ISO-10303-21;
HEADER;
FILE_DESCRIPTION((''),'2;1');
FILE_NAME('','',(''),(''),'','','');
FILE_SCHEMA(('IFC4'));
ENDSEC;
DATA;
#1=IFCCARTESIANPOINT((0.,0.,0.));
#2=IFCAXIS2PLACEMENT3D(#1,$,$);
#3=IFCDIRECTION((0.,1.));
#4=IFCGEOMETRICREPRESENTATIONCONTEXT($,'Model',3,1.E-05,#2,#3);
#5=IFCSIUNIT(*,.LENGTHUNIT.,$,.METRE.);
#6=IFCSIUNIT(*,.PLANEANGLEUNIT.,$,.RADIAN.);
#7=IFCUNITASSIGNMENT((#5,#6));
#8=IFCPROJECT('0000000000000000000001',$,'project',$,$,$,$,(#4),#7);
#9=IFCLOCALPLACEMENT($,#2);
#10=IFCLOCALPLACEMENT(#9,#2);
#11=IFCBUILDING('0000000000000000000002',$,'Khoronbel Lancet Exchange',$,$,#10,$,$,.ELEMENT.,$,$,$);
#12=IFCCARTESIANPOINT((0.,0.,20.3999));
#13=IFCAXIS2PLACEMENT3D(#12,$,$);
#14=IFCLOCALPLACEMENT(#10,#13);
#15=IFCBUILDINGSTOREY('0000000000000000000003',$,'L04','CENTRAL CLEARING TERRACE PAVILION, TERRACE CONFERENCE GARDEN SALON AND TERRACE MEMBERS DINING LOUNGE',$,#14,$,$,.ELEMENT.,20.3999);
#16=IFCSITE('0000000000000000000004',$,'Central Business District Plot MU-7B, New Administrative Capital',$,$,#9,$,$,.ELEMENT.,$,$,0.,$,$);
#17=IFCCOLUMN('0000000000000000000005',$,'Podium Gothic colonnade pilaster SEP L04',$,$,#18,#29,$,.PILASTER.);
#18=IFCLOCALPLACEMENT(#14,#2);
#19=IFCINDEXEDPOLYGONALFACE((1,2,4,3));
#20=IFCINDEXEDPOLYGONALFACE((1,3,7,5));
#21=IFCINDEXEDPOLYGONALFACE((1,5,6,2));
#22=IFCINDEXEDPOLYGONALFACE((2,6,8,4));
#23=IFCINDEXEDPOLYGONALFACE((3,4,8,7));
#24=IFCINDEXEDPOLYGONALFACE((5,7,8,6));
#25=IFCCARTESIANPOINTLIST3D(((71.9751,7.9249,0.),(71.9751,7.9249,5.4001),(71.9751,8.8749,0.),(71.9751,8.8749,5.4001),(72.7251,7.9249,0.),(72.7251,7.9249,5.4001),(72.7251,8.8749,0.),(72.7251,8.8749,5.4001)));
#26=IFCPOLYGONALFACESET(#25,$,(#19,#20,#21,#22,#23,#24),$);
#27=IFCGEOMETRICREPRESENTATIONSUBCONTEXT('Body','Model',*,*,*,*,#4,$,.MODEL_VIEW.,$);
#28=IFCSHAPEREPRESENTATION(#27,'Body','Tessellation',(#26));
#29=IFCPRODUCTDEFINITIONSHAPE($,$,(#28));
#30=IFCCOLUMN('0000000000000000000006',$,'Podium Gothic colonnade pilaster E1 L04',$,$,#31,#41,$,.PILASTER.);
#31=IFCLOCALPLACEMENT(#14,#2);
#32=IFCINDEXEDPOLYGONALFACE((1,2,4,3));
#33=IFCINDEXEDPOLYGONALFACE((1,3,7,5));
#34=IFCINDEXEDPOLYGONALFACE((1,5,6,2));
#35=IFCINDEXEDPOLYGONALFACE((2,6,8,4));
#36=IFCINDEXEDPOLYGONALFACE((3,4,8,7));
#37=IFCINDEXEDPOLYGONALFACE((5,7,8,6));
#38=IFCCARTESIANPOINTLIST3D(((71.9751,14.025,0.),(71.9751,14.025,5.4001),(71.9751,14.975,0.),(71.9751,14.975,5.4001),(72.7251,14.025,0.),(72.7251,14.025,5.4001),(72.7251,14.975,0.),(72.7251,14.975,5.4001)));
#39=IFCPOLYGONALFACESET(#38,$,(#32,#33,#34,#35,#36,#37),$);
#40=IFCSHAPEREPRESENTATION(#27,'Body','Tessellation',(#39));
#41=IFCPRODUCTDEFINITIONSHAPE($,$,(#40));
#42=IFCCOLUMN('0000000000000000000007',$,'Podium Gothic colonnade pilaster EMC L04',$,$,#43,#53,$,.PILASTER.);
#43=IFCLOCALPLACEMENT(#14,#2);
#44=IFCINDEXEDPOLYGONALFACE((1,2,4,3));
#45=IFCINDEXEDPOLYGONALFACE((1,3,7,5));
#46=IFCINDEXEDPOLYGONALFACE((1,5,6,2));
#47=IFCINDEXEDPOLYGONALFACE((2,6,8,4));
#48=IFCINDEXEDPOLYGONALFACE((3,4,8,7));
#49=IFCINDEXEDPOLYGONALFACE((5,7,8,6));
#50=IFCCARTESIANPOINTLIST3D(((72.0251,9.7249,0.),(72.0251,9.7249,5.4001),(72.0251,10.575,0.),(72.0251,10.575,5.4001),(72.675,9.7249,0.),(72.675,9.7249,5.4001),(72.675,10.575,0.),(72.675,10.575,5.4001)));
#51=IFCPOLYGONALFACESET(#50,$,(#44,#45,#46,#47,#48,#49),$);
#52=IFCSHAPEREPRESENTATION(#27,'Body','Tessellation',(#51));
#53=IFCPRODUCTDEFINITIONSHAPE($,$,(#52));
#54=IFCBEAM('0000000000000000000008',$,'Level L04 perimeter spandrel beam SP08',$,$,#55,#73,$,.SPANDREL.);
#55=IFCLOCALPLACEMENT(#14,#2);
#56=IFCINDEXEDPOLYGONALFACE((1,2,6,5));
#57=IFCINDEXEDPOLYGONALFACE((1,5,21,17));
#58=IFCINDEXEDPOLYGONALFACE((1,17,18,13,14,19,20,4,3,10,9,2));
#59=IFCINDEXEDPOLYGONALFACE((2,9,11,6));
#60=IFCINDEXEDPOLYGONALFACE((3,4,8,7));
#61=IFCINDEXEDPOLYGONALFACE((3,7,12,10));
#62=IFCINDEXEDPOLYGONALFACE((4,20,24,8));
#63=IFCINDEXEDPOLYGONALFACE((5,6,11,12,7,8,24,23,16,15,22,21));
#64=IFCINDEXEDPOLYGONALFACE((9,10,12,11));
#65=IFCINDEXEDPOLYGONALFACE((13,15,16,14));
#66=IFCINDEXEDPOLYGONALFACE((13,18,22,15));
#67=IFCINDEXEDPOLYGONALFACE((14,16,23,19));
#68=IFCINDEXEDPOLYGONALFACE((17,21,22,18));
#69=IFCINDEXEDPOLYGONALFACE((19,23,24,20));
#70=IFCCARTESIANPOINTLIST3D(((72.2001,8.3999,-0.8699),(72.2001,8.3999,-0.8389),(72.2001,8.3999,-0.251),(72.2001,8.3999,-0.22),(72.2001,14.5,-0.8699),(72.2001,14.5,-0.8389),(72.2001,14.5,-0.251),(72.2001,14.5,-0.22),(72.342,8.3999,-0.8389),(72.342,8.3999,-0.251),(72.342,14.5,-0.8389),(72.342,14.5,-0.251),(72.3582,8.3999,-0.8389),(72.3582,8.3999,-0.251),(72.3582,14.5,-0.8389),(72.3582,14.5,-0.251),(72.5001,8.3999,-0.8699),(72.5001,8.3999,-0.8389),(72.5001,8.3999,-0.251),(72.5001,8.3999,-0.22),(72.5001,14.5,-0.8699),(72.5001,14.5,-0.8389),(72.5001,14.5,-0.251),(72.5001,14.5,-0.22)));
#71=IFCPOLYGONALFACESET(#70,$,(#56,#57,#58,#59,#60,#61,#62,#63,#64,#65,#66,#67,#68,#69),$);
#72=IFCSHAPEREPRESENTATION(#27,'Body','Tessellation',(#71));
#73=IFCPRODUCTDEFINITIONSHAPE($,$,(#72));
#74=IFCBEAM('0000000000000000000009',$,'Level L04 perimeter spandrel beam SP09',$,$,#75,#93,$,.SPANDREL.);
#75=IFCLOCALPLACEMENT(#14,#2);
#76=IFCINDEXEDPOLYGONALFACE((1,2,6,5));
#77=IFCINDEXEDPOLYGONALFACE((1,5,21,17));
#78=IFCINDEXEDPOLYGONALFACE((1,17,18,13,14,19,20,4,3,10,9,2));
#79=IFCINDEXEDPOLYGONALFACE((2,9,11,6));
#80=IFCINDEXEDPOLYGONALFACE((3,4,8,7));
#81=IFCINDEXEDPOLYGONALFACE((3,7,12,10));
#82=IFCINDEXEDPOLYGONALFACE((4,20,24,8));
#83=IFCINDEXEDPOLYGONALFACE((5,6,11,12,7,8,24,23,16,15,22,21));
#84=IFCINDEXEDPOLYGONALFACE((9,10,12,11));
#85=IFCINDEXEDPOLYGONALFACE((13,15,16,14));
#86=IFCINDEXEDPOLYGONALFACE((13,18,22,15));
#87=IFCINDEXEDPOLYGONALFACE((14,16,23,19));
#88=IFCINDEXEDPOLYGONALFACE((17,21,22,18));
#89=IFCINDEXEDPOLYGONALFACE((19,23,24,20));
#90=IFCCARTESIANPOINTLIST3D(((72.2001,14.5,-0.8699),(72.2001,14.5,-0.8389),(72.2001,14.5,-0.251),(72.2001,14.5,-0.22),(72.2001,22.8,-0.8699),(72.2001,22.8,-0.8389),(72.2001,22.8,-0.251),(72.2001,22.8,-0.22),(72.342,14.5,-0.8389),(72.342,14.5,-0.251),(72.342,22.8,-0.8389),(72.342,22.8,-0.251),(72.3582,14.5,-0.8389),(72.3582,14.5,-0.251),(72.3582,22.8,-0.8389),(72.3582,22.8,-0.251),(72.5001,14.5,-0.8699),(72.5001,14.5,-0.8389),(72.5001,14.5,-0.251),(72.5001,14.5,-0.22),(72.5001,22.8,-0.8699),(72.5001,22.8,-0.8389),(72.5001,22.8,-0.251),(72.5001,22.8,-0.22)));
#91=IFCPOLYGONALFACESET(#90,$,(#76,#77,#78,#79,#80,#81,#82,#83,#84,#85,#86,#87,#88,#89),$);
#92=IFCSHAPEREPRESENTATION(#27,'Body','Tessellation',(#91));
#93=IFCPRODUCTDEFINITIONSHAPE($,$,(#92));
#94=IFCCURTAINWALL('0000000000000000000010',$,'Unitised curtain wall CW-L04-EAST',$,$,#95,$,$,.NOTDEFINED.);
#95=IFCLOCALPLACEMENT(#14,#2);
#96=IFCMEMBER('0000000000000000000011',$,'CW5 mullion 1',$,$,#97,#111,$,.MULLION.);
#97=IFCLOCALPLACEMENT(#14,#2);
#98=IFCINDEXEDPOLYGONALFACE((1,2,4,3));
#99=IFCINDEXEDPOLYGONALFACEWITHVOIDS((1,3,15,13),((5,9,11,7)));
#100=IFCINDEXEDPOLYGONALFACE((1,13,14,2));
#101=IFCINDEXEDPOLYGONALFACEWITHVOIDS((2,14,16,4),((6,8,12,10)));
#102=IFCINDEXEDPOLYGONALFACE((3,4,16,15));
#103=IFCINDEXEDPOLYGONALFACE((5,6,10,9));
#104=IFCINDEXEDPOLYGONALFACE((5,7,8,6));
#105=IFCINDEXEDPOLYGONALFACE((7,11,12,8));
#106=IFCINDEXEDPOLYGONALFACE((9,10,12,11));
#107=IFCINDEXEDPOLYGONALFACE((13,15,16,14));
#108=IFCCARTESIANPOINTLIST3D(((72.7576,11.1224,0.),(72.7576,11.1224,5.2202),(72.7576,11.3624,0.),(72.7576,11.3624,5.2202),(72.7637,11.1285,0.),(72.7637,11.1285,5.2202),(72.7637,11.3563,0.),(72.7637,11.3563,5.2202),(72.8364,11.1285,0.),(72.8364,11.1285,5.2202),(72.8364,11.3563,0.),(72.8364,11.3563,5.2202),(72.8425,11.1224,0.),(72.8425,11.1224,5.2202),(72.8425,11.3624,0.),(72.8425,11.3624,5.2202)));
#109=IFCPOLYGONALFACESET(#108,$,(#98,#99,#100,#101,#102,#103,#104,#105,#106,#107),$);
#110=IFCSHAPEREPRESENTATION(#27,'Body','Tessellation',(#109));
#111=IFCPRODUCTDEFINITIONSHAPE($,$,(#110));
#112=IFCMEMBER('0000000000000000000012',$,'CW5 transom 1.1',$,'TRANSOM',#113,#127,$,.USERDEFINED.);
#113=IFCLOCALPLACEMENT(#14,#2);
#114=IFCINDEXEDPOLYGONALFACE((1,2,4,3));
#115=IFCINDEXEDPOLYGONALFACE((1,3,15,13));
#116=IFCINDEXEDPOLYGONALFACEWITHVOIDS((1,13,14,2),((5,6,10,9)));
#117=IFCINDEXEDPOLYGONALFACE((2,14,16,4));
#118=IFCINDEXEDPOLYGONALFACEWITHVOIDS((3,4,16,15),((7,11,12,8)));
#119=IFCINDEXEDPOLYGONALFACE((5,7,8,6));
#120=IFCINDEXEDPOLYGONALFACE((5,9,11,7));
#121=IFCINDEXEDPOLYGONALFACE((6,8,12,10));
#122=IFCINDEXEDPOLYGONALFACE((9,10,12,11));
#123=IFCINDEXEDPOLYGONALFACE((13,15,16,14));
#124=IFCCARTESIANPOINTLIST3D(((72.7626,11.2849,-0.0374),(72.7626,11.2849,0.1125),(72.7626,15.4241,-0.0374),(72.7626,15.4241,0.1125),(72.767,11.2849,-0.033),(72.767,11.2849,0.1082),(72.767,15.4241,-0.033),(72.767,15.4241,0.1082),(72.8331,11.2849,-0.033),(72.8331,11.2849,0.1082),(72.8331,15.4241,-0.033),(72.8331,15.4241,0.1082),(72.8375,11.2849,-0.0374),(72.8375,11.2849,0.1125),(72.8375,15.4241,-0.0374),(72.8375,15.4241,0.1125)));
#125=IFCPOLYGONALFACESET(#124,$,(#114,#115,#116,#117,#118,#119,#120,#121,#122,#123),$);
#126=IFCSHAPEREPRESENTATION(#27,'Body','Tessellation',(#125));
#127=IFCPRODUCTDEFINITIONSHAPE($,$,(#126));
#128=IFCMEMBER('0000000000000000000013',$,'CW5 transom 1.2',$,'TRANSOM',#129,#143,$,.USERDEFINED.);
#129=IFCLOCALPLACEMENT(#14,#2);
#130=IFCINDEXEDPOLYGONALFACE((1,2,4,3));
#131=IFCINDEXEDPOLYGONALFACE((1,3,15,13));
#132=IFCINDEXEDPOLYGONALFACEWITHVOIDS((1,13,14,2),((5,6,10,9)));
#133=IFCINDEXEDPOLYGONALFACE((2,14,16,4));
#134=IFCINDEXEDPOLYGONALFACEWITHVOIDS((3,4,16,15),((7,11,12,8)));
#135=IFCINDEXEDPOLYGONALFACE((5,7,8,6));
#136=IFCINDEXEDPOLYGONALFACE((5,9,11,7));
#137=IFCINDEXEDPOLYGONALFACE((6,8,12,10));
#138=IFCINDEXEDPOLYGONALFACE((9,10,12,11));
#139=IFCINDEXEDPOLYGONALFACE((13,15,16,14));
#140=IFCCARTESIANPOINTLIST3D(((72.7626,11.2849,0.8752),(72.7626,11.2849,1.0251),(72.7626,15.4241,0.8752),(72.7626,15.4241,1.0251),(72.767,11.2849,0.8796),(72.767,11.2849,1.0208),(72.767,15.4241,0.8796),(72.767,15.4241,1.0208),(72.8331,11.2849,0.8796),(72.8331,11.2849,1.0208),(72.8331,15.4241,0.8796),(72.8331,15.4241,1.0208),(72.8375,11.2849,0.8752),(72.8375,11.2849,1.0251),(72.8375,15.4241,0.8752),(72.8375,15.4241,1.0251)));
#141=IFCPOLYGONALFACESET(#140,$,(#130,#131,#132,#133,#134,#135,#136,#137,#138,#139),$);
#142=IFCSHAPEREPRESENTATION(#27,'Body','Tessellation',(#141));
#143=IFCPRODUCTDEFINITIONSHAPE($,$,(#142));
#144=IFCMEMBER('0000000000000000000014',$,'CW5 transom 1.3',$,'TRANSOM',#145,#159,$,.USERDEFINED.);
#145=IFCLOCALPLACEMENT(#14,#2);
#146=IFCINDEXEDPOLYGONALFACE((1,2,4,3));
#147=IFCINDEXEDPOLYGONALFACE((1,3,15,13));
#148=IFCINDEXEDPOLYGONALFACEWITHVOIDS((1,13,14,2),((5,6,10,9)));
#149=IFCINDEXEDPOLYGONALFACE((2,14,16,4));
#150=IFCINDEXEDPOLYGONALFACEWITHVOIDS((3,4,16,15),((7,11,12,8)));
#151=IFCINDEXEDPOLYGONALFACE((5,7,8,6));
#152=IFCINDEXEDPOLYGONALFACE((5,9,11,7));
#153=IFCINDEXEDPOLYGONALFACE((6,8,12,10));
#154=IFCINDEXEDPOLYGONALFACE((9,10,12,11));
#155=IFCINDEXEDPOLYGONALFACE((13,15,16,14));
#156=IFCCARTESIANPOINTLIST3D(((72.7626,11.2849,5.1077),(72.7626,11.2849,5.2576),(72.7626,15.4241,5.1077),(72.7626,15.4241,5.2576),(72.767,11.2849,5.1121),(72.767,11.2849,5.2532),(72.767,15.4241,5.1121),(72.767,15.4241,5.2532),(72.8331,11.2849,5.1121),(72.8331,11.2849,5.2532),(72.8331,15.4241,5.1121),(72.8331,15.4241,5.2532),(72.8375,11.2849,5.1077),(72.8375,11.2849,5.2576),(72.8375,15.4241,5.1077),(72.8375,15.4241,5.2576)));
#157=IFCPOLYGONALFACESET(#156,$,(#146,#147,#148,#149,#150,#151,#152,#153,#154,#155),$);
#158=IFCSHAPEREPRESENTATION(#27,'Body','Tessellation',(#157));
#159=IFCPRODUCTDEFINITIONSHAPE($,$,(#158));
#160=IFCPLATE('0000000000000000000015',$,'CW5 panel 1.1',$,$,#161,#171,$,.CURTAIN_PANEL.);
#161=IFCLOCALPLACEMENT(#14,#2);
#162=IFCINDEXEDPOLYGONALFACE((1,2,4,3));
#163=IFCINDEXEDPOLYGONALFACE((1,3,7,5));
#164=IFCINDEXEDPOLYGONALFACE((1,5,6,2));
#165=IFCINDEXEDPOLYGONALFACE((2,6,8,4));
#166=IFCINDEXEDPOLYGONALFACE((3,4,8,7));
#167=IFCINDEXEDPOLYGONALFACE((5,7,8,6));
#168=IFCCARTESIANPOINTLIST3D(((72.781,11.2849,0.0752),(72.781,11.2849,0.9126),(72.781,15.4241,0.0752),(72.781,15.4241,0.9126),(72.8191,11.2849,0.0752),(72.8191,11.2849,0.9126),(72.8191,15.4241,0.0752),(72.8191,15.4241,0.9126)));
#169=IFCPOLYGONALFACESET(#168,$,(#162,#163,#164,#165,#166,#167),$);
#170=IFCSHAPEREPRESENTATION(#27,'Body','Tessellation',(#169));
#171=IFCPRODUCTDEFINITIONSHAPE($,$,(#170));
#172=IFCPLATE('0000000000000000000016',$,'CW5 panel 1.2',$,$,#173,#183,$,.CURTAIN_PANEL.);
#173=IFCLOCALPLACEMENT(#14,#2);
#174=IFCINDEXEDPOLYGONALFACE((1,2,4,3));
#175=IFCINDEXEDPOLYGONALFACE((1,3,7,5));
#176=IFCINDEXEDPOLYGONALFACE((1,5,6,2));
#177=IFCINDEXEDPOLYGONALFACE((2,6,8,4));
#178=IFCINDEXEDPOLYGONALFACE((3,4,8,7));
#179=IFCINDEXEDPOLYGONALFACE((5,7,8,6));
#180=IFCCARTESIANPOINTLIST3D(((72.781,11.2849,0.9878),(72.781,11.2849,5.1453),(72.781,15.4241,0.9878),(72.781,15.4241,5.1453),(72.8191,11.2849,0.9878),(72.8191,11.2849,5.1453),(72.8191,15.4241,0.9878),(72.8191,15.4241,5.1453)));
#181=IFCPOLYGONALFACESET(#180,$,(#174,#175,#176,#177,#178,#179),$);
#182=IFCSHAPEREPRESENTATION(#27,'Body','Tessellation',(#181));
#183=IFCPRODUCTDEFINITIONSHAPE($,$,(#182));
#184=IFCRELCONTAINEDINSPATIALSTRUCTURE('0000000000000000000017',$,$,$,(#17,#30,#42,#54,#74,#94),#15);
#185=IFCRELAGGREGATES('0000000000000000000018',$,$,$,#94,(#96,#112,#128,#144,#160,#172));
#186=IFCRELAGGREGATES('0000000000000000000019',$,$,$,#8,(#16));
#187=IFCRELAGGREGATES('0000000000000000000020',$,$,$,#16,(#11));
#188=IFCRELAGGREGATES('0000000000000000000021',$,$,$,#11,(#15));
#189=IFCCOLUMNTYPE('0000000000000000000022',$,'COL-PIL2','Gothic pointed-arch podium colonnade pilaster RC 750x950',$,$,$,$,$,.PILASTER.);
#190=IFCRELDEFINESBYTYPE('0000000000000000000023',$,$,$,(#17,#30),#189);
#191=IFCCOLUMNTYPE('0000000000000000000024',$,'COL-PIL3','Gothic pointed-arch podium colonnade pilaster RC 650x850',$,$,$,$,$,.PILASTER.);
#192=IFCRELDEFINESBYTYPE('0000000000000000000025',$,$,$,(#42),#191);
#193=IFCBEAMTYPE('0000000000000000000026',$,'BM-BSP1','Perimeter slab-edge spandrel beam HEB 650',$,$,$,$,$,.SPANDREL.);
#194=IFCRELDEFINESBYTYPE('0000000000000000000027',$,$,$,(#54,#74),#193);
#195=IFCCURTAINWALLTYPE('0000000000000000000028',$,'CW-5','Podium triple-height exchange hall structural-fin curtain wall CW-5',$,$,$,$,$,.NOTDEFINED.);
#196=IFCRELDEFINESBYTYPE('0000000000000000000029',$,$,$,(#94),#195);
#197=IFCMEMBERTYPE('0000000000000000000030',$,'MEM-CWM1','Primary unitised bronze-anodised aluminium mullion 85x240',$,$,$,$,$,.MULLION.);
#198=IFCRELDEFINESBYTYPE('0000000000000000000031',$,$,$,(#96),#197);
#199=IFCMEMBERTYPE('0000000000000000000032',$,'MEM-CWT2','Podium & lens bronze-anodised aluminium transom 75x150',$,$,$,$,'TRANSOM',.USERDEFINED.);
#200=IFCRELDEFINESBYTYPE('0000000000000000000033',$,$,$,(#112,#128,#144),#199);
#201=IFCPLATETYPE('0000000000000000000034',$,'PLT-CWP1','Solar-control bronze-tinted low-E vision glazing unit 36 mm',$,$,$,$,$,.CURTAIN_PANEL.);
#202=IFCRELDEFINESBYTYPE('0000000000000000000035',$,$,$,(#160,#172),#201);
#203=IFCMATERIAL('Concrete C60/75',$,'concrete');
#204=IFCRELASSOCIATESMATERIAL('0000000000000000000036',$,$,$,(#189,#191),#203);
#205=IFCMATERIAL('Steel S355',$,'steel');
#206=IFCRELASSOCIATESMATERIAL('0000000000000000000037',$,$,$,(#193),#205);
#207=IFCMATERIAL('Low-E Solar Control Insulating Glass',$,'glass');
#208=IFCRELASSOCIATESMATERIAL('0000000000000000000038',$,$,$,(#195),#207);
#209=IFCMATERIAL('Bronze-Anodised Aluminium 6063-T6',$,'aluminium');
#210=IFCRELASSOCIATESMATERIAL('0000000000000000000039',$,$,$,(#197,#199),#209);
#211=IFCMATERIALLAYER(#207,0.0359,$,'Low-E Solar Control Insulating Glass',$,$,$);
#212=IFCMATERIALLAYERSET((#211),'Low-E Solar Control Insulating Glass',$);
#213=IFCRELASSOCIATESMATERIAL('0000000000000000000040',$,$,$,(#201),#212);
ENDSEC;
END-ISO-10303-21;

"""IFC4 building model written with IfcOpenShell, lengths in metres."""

from ifc_helpers import new_model, si_unit, direction, frame, origin, origin_2d, place, context, subcontext, project, spatial, rectangle, hollow_rectangle, i_section, extrude, material, layer, layer_set, material_profile, profile_set, type_object, element, aggregate, save


model = new_model("IFC4")

# Units and contexts
model_context = context("Model", 3, precision=1e-05, world=origin(), true_north=direction((0.0, 1.0)))
body_context = subcontext(model_context, "Body", "Model", "MODEL_VIEW")
ifc_project = project(units=[si_unit("LENGTHUNIT", "METRE"), si_unit("PLANEANGLEUNIT", "RADIAN")], contexts=[model_context])

# Site, building, storey
site_placement = place(None, origin())
site = spatial("IfcSite", under=ifc_project, at=site_placement, Name="Central Business District Plot MU-7B, New Administrative Capital", CompositionType="ELEMENT", RefElevation=0.0)
building_placement = place(site_placement, origin())
building = spatial("IfcBuilding", under=site, at=building_placement, Name="Khoronbel Lancet Exchange", CompositionType="ELEMENT")
storey_placement = place(building_placement, frame((0.0, 0.0, 20.3999)))
storey = spatial("IfcBuildingStorey", under=building, at=storey_placement, Name="L04", Description="CENTRAL CLEARING TERRACE PAVILION, TERRACE CONFERENCE GARDEN SALON AND TERRACE MEMBERS DINING LOUNGE", CompositionType="ELEMENT", Elevation=20.3999)

# Columns
ifc_material_1 = material(Name="Concrete C60/75", Category="concrete")
ifc_material_profile_1 = material_profile(ifc_material_1, rectangle(XDim=0.75, YDim=0.95, at=origin_2d()), Name="RC 750x950")
ifc_profile_set_1 = profile_set([ifc_material_profile_1], Name="Concrete C60/75")
column_type_1 = type_object("IfcColumnType", Name="COL-PIL2", Description="Gothic pointed-arch podium colonnade pilaster RC 750x950", PredefinedType="PILASTER", material=ifc_profile_set_1)
for number, where, z_axis, x_axis, name in (
    (1, (72.3501, 8.3999, 0.0), (0.0, 0.0, 1.0), (1.0, 0.0, 0.0), "Podium Gothic colonnade pilaster SEP L04"),
    (2, (72.3501, 14.5, 0.0), (0.0, 0.0, 1.0), (1.0, 0.0, 0.0), "Podium Gothic colonnade pilaster E1 L04"),
):
    element("IfcColumn", number, at=place(storey_placement, frame(where, z_axis=z_axis, x_axis=x_axis)), inside=storey, type_object=column_type_1, Name=name, PredefinedType="PILASTER", context=body_context, shape_type="SweptSolid", body=[
        extrude(rectangle(XDim=0.75, YDim=0.95, at=origin_2d()), origin(), (0.0, 0.0, 1.0), 5.4001),
    ])
ifc_material_profile_2 = material_profile(ifc_material_1, rectangle(XDim=0.6499, YDim=0.8501, at=origin_2d()), Name="RC 650x850")
ifc_profile_set_2 = profile_set([ifc_material_profile_2], Name="Concrete C60/75")
column_type_2 = type_object("IfcColumnType", Name="COL-PIL3", Description="Gothic pointed-arch podium colonnade pilaster RC 650x850", PredefinedType="PILASTER", material=ifc_profile_set_2)
column_placement = place(storey_placement, frame((72.3501, 10.1499, 0.0), z_axis=(0.0, 0.0, 1.0), x_axis=(1.0, 0.0, 0.0)))
element("IfcColumn", 3, at=column_placement, inside=storey, type_object=column_type_2, Name="Podium Gothic colonnade pilaster EMC L04", PredefinedType="PILASTER", context=body_context, shape_type="SweptSolid", body=[
    extrude(rectangle(XDim=0.6499, YDim=0.8501, at=origin_2d()), origin(), (0.0, 0.0, 1.0), 5.4001),
])

# Beams
ifc_material_2 = material(Name="Steel S355", Category="steel")
ifc_material_profile_3 = material_profile(ifc_material_2, i_section(OverallWidth=0.3, OverallDepth=0.6499, WebThickness=0.0161, FlangeThickness=0.031, at=origin_2d()), Name="HEB 650")
ifc_profile_set_3 = profile_set([ifc_material_profile_3], Name="Steel S355")
beam_type = type_object("IfcBeamType", Name="BM-BSP1", Description="Perimeter slab-edge spandrel beam HEB 650", PredefinedType="SPANDREL", material=ifc_profile_set_3)
beam_1_placement = place(storey_placement, frame((72.3501, 8.3999, -0.5449), z_axis=(0.0, 1.0, 0.0), x_axis=(-1.0, 0.0, 0.0)))
element("IfcBeam", 4, at=beam_1_placement, inside=storey, type_object=beam_type, Name="Level L04 perimeter spandrel beam SP08", PredefinedType="SPANDREL", context=body_context, shape_type="SweptSolid", body=[
    extrude(i_section(OverallWidth=0.3, OverallDepth=0.6499, WebThickness=0.0161, FlangeThickness=0.031, at=origin_2d()), origin(), (0.0, 0.0, 1.0), 6.1001),
])
beam_2_placement = place(storey_placement, frame((72.3501, 14.5, -0.5449), z_axis=(0.0, 1.0, 0.0), x_axis=(-1.0, 0.0, 0.0)))
element("IfcBeam", 5, at=beam_2_placement, inside=storey, type_object=beam_type, Name="Level L04 perimeter spandrel beam SP09", PredefinedType="SPANDREL", context=body_context, shape_type="SweptSolid", body=[
    extrude(i_section(OverallWidth=0.3, OverallDepth=0.6499, WebThickness=0.0161, FlangeThickness=0.031, at=origin_2d()), origin(), (0.0, 0.0, 1.0), 8.3),
])

# Curtain wall, members, plates
ifc_material_3 = material(Name="Low-E Solar Control Insulating Glass", Category="glass")
curtain_wall_type = type_object("IfcCurtainWallType", Name="CW-5", Description="Podium triple-height exchange hall structural-fin curtain wall CW-5", PredefinedType="NOTDEFINED", material=ifc_material_3)
curtain_wall_placement = place(storey_placement, origin())
curtain_wall = element("IfcCurtainWall", 6, at=curtain_wall_placement, inside=storey, type_object=curtain_wall_type, Name="Unitised curtain wall CW-L04-EAST", PredefinedType="NOTDEFINED")
ifc_material_4 = material(Name="Bronze-Anodised Aluminium 6063-T6", Category="aluminium")
ifc_material_profile_4 = material_profile(ifc_material_4, hollow_rectangle(XDim=0.085, YDim=0.24, WallThickness=0.0061, at=origin_2d()), Name="ALU MULLION 85x240")
ifc_profile_set_4 = profile_set([ifc_material_profile_4], Name="Bronze-Anodised Aluminium 6063-T6")
member_type_1 = type_object("IfcMemberType", Name="MEM-CWM1", Description="Primary unitised bronze-anodised aluminium mullion 85x240", PredefinedType="MULLION", material=ifc_profile_set_4)
member_1_placement = place(storey_placement, frame((72.8, 11.2424, 0.0), z_axis=(0.0, 0.0, 1.0), x_axis=(-1.0, 0.0, 0.0)))
member_1 = element("IfcMember", 7, at=member_1_placement, type_object=member_type_1, Name="CW5 mullion 1", PredefinedType="MULLION", context=body_context, shape_type="SweptSolid", body=[
    extrude(hollow_rectangle(XDim=0.085, YDim=0.24, WallThickness=0.0061, at=origin_2d()), origin(), (0.0, 0.0, 1.0), 5.2202),
])
ifc_material_profile_5 = material_profile(ifc_material_4, hollow_rectangle(XDim=0.075, YDim=0.1499, WallThickness=0.0044, at=origin_2d()), Name="ALU TRANSOM 75x150")
ifc_profile_set_5 = profile_set([ifc_material_profile_5], Name="Bronze-Anodised Aluminium 6063-T6")
member_type_2 = type_object("IfcMemberType", Name="MEM-CWT2", Description="Podium & lens bronze-anodised aluminium transom 75x150", ElementType="TRANSOM", PredefinedType="USERDEFINED", material=ifc_profile_set_5)
member_2_placement = place(storey_placement, frame((72.8, 11.2849, 0.0376), z_axis=(0.0, 1.0, 0.0), x_axis=(-1.0, 0.0, 0.0)))
member_2 = element("IfcMember", 8, at=member_2_placement, type_object=member_type_2, Name="CW5 transom 1.1", ObjectType="TRANSOM", PredefinedType="USERDEFINED", context=body_context, shape_type="SweptSolid", body=[
    extrude(hollow_rectangle(XDim=0.075, YDim=0.1499, WallThickness=0.0044, at=origin_2d()), origin(), (0.0, 0.0, 1.0), 4.1392),
])
member_3_placement = place(storey_placement, frame((72.8, 11.2849, 0.9502), z_axis=(0.0, 1.0, 0.0), x_axis=(-1.0, 0.0, 0.0)))
member_3 = element("IfcMember", 9, at=member_3_placement, type_object=member_type_2, Name="CW5 transom 1.2", ObjectType="TRANSOM", PredefinedType="USERDEFINED", context=body_context, shape_type="SweptSolid", body=[
    extrude(hollow_rectangle(XDim=0.075, YDim=0.1499, WallThickness=0.0044, at=origin_2d()), origin(), (0.0, 0.0, 1.0), 4.1392),
])
member_4_placement = place(storey_placement, frame((72.8, 11.2849, 5.1826), z_axis=(0.0, 1.0, 0.0), x_axis=(-1.0, 0.0, 0.0)))
member_4 = element("IfcMember", 10, at=member_4_placement, type_object=member_type_2, Name="CW5 transom 1.3", ObjectType="TRANSOM", PredefinedType="USERDEFINED", context=body_context, shape_type="SweptSolid", body=[
    extrude(hollow_rectangle(XDim=0.075, YDim=0.1499, WallThickness=0.0044, at=origin_2d()), origin(), (0.0, 0.0, 1.0), 4.1392),
])
ifc_layer_1 = layer(ifc_material_3, 0.0359, Name="Low-E Solar Control Insulating Glass")
ifc_layer_set_1 = layer_set([ifc_layer_1], Name="Low-E Solar Control Insulating Glass")
plate_type_1 = type_object("IfcPlateType", Name="PLT-CWP1", Description="Solar-control bronze-tinted low-E vision glazing unit 36 mm", PredefinedType="CURTAIN_PANEL", material=ifc_layer_set_1)
plate_1_placement = place(storey_placement, frame((72.8, 13.3545, 0.0752), z_axis=(0.0, 0.0, 1.0), x_axis=(0.0, 1.0, 0.0)))
plate_1 = element("IfcPlate", 11, at=plate_1_placement, type_object=plate_type_1, Name="CW5 panel 1.1", PredefinedType="CURTAIN_PANEL", context=body_context, shape_type="SweptSolid", body=[
    extrude(rectangle(XDim=4.1392, YDim=0.0381, at=origin_2d()), origin(), (0.0, 0.0, 1.0), 0.8374),
])
plate_2_placement = place(storey_placement, frame((72.8, 13.3545, 0.9878), z_axis=(0.0, 0.0, 1.0), x_axis=(0.0, 1.0, 0.0)))
plate_2 = element("IfcPlate", 12, at=plate_2_placement, type_object=plate_type_1, Name="CW5 panel 1.2", PredefinedType="CURTAIN_PANEL", context=body_context, shape_type="SweptSolid", body=[
    extrude(rectangle(XDim=4.1392, YDim=0.0381, at=origin_2d()), origin(), (0.0, 0.0, 1.0), 4.1575),
])
aggregate(curtain_wall, [member_1, member_2, member_3, member_4, plate_1, plate_2])

save(model, "model.ifc")
